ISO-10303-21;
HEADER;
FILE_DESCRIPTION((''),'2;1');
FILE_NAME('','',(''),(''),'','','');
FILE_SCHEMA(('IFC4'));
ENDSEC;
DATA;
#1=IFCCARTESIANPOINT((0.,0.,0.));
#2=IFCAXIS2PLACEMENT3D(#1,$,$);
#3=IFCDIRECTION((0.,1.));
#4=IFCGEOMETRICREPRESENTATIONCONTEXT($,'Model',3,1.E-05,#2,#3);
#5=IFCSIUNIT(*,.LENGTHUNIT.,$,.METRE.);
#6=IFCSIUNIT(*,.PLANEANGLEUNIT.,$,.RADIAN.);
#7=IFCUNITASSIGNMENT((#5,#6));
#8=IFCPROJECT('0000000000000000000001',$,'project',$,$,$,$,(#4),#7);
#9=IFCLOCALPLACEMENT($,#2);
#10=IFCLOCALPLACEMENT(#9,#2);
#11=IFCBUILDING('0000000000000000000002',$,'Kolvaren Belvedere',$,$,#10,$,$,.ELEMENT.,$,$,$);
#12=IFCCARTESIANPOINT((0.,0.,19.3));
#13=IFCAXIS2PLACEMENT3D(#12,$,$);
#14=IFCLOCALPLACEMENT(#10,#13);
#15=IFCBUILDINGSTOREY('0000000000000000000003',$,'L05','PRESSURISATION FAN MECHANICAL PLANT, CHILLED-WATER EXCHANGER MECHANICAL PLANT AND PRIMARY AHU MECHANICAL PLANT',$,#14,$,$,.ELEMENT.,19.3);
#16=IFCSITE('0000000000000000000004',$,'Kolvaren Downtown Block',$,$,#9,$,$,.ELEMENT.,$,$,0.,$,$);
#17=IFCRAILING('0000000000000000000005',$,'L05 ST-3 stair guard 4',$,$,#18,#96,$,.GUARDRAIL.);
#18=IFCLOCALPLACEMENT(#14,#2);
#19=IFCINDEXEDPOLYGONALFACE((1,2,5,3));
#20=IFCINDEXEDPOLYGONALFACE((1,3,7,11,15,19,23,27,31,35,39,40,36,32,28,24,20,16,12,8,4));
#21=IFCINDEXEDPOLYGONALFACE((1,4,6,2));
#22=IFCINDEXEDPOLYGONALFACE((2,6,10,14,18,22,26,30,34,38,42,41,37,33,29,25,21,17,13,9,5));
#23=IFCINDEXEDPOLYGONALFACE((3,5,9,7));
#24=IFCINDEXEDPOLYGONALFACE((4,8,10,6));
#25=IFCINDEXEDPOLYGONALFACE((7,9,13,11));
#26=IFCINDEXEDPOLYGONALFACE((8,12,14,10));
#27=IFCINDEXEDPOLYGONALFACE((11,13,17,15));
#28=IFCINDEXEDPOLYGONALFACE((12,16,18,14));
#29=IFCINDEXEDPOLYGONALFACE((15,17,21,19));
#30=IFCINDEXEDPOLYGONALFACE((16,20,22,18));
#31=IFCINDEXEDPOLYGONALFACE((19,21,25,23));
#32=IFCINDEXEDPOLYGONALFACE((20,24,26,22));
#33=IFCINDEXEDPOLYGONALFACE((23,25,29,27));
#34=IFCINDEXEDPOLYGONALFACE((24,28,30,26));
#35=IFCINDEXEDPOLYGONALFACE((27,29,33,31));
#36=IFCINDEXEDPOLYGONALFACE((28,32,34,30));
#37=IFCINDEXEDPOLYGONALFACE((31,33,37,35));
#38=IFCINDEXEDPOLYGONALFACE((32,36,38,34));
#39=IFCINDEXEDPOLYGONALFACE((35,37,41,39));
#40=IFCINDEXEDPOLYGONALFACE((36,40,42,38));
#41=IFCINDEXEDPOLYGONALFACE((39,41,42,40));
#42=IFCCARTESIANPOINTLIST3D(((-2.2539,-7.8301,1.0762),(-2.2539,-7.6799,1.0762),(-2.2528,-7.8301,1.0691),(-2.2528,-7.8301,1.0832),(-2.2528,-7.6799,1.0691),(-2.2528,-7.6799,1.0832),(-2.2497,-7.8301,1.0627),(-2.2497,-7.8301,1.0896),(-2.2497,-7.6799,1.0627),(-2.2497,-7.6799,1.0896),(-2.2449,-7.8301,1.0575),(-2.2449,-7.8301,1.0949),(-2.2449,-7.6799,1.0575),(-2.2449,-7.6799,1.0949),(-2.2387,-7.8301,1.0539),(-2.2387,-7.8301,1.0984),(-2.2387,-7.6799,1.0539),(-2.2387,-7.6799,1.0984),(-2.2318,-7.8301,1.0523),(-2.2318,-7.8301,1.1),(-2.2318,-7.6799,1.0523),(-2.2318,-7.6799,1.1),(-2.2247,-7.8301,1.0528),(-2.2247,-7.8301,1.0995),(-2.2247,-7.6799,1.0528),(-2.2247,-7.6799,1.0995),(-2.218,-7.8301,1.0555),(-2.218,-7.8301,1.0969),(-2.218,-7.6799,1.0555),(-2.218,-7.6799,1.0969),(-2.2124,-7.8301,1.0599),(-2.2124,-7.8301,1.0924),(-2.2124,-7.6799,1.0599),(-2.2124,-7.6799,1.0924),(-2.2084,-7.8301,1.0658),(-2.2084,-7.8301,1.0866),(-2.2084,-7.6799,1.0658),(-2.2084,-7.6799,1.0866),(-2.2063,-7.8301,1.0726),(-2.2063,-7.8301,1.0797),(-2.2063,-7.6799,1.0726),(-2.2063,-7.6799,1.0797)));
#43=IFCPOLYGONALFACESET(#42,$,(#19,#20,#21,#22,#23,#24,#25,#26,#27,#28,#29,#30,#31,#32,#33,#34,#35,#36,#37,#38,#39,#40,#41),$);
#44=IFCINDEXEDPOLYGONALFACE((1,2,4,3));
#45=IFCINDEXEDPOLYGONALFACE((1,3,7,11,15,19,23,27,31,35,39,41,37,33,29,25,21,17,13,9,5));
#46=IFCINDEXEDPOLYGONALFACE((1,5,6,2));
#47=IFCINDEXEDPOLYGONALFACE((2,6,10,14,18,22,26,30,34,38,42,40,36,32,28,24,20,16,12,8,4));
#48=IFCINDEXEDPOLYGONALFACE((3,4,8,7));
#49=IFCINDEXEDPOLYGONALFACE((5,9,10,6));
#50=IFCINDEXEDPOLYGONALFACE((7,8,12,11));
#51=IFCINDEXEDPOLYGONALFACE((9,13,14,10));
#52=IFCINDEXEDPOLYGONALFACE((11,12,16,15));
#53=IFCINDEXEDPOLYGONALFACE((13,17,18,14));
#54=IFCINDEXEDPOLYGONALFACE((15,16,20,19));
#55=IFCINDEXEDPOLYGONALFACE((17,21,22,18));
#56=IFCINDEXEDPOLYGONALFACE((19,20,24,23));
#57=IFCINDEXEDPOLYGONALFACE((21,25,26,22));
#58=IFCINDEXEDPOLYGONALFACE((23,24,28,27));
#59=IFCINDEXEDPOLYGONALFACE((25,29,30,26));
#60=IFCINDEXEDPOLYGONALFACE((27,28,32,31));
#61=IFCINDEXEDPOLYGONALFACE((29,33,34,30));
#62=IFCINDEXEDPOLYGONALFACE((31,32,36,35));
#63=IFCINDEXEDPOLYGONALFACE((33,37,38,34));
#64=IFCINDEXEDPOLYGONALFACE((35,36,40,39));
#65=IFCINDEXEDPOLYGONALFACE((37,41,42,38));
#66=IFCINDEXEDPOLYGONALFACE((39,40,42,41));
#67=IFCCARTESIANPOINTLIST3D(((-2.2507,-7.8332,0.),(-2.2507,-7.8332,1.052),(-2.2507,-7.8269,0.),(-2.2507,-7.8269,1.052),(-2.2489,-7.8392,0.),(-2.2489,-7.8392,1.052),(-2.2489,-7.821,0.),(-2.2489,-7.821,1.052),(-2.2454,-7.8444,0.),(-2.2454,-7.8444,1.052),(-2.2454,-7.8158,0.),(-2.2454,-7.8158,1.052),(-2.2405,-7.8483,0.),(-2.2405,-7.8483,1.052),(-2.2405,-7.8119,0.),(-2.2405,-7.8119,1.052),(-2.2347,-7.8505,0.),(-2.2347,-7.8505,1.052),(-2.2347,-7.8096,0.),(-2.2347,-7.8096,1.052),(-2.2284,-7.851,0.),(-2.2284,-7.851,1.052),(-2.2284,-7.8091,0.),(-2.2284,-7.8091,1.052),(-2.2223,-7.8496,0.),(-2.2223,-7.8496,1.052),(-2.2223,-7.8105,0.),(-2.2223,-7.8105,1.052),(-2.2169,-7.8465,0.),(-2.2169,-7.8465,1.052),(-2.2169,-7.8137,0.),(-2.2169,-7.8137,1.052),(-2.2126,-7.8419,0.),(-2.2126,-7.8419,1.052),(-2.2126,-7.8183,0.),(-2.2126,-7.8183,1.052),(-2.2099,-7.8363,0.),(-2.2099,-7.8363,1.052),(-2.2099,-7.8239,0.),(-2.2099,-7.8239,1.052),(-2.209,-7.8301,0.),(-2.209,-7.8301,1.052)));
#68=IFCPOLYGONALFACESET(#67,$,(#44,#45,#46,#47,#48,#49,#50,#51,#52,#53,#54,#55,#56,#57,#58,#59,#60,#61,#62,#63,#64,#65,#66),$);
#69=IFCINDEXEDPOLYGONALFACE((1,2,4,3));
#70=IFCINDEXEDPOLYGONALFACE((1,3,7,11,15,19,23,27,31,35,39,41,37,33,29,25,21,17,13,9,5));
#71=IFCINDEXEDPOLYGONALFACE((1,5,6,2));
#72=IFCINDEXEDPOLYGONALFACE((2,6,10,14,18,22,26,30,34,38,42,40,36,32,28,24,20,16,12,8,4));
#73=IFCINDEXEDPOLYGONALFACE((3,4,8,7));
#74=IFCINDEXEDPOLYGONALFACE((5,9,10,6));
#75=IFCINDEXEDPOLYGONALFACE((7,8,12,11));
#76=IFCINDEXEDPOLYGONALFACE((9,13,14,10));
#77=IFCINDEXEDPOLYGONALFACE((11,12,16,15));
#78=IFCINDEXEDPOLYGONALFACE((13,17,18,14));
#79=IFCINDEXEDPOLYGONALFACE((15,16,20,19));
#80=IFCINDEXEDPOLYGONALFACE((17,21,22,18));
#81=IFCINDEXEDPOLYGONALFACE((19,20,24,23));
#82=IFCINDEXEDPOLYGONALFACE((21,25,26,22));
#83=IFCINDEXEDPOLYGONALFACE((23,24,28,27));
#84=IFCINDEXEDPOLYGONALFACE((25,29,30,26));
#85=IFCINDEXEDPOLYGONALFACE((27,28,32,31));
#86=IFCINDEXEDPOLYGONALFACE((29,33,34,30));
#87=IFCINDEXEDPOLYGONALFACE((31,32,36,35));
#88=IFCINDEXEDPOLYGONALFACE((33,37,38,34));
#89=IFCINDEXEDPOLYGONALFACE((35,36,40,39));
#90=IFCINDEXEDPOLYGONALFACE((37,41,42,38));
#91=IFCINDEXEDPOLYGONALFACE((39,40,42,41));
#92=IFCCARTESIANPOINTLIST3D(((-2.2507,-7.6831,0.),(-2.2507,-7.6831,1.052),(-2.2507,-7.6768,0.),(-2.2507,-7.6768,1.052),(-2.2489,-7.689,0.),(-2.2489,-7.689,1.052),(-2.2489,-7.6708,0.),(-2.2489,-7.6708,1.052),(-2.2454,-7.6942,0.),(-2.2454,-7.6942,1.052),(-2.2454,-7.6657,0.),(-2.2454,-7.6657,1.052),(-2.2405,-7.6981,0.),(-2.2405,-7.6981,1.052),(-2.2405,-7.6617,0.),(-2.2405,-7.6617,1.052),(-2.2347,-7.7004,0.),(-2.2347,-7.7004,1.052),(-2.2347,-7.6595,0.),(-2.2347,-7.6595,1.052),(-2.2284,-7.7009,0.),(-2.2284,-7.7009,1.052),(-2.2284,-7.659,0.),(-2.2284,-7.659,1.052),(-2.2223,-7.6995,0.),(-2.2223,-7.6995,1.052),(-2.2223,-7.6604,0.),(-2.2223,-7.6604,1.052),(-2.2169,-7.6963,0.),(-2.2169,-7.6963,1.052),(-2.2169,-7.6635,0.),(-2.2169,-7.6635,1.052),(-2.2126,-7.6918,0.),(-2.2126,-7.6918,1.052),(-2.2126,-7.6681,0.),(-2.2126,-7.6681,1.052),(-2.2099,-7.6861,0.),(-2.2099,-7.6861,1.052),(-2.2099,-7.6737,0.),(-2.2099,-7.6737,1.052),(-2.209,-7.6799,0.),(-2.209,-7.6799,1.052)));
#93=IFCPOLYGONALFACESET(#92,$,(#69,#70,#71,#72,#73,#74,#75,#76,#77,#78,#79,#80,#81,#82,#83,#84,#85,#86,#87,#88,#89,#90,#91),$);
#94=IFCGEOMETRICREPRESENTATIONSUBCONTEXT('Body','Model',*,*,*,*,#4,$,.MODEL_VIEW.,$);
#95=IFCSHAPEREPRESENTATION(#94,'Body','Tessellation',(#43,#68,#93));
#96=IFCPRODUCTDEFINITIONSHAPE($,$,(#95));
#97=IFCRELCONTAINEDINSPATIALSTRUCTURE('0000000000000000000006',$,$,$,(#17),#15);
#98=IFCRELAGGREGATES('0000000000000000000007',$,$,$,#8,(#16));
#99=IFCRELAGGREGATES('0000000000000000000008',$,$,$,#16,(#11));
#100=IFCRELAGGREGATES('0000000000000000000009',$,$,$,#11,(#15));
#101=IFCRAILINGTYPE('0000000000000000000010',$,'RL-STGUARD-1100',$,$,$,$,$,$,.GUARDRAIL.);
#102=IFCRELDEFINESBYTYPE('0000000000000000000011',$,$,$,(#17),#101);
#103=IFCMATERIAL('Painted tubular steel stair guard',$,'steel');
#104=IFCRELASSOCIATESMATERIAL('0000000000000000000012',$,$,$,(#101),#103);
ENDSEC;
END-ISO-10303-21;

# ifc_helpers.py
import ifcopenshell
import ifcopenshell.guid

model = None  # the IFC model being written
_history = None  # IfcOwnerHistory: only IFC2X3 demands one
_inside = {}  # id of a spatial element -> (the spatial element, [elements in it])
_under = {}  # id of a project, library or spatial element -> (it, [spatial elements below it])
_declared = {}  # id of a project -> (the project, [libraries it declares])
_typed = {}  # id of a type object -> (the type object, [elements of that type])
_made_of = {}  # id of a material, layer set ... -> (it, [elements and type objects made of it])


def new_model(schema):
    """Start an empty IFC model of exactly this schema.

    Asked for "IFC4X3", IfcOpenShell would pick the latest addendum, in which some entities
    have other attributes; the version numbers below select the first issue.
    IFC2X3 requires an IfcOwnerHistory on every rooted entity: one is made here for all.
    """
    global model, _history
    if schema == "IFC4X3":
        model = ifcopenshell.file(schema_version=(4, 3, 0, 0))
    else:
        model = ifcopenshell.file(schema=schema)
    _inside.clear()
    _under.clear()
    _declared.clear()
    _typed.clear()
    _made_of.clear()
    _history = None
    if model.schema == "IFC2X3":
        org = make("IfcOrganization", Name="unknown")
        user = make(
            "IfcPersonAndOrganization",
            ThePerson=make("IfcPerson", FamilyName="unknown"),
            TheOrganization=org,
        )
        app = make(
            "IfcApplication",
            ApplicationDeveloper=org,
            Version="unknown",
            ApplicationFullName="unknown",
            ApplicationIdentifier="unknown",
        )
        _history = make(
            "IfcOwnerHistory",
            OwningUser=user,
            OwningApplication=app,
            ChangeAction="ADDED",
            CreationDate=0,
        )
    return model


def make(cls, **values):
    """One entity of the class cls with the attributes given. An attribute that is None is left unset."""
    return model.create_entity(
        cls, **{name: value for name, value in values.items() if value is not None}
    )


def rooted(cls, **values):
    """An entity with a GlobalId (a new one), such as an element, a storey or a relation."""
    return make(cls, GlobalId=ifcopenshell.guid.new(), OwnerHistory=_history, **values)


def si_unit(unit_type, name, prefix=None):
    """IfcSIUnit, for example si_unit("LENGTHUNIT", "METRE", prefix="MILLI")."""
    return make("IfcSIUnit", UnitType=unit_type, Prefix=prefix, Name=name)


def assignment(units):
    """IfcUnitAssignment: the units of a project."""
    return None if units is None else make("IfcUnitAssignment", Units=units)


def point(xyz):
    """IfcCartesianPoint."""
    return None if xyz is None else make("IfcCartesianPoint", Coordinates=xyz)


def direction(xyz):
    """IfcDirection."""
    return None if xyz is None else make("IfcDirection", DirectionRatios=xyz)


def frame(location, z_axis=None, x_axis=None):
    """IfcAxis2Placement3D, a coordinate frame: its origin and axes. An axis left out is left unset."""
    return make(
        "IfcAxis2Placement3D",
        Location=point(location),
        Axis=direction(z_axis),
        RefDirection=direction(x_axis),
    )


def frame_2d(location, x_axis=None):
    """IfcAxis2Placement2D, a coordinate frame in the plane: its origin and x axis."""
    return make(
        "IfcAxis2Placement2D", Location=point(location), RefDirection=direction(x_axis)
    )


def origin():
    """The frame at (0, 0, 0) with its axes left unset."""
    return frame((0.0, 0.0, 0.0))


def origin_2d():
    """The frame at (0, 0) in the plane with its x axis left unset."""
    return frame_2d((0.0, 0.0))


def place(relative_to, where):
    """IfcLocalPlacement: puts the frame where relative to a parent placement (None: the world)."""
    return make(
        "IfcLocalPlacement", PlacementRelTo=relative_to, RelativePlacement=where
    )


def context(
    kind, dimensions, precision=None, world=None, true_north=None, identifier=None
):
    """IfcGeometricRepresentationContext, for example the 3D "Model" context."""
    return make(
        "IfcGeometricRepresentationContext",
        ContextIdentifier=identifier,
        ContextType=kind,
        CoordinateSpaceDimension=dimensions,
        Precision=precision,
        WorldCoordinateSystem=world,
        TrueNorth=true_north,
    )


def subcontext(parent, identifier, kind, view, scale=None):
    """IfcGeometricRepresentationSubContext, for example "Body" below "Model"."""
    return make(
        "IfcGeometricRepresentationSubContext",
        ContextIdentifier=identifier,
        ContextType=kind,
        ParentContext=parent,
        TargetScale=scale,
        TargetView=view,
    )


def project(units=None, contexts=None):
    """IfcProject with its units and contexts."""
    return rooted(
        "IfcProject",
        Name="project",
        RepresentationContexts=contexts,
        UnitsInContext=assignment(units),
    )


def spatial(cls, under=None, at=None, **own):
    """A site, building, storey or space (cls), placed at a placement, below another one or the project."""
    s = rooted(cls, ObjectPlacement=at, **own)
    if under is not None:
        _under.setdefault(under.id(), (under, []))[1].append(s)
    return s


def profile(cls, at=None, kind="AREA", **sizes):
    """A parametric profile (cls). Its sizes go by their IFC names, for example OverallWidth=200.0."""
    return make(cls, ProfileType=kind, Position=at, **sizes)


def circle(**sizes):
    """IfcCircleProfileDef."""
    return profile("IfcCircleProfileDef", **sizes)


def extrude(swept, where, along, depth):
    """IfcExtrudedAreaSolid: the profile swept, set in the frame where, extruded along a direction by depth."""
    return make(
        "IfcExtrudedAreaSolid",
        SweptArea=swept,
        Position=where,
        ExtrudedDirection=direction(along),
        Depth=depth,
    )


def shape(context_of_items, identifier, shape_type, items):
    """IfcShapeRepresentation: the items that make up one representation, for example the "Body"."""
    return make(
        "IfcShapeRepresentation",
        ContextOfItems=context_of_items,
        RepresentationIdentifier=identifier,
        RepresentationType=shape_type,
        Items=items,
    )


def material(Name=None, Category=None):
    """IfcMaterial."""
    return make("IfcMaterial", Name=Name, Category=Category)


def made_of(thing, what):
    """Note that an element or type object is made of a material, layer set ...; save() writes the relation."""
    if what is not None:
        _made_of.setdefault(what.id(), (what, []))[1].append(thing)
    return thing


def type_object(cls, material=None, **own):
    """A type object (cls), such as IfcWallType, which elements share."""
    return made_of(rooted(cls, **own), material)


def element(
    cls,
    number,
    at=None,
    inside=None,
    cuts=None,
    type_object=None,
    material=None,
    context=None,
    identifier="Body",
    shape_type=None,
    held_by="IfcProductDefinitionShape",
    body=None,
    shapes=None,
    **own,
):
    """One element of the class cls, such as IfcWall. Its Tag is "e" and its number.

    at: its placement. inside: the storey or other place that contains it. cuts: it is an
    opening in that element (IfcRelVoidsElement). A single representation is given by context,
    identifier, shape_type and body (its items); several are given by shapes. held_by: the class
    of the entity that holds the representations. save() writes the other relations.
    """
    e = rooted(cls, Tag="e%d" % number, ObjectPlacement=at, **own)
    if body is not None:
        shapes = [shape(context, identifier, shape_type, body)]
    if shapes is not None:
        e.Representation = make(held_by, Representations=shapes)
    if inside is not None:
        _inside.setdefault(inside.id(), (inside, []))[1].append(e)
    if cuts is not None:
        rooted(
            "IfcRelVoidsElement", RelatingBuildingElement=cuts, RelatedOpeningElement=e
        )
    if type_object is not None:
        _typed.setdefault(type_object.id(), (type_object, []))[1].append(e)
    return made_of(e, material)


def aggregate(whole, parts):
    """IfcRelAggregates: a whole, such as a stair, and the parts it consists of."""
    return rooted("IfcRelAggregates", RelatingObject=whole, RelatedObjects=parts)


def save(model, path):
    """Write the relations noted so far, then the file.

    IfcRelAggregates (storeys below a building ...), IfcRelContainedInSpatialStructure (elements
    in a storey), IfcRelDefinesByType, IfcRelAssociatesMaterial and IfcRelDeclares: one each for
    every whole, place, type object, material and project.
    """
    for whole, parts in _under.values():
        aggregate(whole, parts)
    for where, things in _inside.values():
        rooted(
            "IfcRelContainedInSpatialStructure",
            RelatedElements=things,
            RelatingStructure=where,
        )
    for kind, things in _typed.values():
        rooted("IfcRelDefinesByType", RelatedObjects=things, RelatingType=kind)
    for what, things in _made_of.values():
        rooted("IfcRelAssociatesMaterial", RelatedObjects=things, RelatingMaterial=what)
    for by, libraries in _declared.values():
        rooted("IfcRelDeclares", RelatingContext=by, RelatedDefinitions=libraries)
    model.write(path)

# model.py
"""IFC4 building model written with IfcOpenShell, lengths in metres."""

from ifc_helpers import new_model, si_unit, direction, frame, origin, origin_2d, place, context, subcontext, project, spatial, circle, extrude, material, type_object, element, save


model = new_model("IFC4")

# Units and contexts
model_context = context("Model", 3, precision=1e-05, world=origin(), true_north=direction((0.0, 1.0)))
body_context = subcontext(model_context, "Body", "Model", "MODEL_VIEW")
ifc_project = project(units=[si_unit("LENGTHUNIT", "METRE"), si_unit("PLANEANGLEUNIT", "RADIAN")], contexts=[model_context])

# Site, building, storey
site_placement = place(None, origin())
site = spatial("IfcSite", under=ifc_project, at=site_placement, Name="Kolvaren Downtown Block", CompositionType="ELEMENT", RefElevation=0.0)
building_placement = place(site_placement, origin())
building = spatial("IfcBuilding", under=site, at=building_placement, Name="Kolvaren Belvedere", CompositionType="ELEMENT")
storey_placement = place(building_placement, frame((0.0, 0.0, 19.3)))
storey = spatial("IfcBuildingStorey", under=building, at=storey_placement, Name="L05", Description="PRESSURISATION FAN MECHANICAL PLANT, CHILLED-WATER EXCHANGER MECHANICAL PLANT AND PRIMARY AHU MECHANICAL PLANT", CompositionType="ELEMENT", Elevation=19.3)

# Railing
ifc_material_1 = material(Name="Painted tubular steel stair guard", Category="steel")
railing_type_1 = type_object("IfcRailingType", Name="RL-STGUARD-1100", PredefinedType="GUARDRAIL", material=ifc_material_1)
railing_1_placement = place(storey_placement, frame((-2.23, -7.8301, 0.0)))
element("IfcRailing", 1, at=railing_1_placement, inside=storey, type_object=railing_type_1, Name="L05 ST-3 stair guard 4", PredefinedType="GUARDRAIL", context=body_context, shape_type="SweptSolid", body=[
    extrude(circle(Radius=0.0239, at=origin_2d()), frame((0.0, 0.0, 1.0762), z_axis=(0.0, 1.0, 0.0), x_axis=(-1.0, 0.0, 0.0)), (0.0, 0.0, 1.0), 0.1501),
    extrude(circle(Radius=0.021, at=origin_2d()), origin(), (0.0, 0.0, 1.0), 1.052),
    extrude(circle(Radius=0.021, at=origin_2d()), frame((0.0, 0.1501, 0.0)), (0.0, 0.0, 1.0), 1.052),
])

save(model, "model.ifc")
